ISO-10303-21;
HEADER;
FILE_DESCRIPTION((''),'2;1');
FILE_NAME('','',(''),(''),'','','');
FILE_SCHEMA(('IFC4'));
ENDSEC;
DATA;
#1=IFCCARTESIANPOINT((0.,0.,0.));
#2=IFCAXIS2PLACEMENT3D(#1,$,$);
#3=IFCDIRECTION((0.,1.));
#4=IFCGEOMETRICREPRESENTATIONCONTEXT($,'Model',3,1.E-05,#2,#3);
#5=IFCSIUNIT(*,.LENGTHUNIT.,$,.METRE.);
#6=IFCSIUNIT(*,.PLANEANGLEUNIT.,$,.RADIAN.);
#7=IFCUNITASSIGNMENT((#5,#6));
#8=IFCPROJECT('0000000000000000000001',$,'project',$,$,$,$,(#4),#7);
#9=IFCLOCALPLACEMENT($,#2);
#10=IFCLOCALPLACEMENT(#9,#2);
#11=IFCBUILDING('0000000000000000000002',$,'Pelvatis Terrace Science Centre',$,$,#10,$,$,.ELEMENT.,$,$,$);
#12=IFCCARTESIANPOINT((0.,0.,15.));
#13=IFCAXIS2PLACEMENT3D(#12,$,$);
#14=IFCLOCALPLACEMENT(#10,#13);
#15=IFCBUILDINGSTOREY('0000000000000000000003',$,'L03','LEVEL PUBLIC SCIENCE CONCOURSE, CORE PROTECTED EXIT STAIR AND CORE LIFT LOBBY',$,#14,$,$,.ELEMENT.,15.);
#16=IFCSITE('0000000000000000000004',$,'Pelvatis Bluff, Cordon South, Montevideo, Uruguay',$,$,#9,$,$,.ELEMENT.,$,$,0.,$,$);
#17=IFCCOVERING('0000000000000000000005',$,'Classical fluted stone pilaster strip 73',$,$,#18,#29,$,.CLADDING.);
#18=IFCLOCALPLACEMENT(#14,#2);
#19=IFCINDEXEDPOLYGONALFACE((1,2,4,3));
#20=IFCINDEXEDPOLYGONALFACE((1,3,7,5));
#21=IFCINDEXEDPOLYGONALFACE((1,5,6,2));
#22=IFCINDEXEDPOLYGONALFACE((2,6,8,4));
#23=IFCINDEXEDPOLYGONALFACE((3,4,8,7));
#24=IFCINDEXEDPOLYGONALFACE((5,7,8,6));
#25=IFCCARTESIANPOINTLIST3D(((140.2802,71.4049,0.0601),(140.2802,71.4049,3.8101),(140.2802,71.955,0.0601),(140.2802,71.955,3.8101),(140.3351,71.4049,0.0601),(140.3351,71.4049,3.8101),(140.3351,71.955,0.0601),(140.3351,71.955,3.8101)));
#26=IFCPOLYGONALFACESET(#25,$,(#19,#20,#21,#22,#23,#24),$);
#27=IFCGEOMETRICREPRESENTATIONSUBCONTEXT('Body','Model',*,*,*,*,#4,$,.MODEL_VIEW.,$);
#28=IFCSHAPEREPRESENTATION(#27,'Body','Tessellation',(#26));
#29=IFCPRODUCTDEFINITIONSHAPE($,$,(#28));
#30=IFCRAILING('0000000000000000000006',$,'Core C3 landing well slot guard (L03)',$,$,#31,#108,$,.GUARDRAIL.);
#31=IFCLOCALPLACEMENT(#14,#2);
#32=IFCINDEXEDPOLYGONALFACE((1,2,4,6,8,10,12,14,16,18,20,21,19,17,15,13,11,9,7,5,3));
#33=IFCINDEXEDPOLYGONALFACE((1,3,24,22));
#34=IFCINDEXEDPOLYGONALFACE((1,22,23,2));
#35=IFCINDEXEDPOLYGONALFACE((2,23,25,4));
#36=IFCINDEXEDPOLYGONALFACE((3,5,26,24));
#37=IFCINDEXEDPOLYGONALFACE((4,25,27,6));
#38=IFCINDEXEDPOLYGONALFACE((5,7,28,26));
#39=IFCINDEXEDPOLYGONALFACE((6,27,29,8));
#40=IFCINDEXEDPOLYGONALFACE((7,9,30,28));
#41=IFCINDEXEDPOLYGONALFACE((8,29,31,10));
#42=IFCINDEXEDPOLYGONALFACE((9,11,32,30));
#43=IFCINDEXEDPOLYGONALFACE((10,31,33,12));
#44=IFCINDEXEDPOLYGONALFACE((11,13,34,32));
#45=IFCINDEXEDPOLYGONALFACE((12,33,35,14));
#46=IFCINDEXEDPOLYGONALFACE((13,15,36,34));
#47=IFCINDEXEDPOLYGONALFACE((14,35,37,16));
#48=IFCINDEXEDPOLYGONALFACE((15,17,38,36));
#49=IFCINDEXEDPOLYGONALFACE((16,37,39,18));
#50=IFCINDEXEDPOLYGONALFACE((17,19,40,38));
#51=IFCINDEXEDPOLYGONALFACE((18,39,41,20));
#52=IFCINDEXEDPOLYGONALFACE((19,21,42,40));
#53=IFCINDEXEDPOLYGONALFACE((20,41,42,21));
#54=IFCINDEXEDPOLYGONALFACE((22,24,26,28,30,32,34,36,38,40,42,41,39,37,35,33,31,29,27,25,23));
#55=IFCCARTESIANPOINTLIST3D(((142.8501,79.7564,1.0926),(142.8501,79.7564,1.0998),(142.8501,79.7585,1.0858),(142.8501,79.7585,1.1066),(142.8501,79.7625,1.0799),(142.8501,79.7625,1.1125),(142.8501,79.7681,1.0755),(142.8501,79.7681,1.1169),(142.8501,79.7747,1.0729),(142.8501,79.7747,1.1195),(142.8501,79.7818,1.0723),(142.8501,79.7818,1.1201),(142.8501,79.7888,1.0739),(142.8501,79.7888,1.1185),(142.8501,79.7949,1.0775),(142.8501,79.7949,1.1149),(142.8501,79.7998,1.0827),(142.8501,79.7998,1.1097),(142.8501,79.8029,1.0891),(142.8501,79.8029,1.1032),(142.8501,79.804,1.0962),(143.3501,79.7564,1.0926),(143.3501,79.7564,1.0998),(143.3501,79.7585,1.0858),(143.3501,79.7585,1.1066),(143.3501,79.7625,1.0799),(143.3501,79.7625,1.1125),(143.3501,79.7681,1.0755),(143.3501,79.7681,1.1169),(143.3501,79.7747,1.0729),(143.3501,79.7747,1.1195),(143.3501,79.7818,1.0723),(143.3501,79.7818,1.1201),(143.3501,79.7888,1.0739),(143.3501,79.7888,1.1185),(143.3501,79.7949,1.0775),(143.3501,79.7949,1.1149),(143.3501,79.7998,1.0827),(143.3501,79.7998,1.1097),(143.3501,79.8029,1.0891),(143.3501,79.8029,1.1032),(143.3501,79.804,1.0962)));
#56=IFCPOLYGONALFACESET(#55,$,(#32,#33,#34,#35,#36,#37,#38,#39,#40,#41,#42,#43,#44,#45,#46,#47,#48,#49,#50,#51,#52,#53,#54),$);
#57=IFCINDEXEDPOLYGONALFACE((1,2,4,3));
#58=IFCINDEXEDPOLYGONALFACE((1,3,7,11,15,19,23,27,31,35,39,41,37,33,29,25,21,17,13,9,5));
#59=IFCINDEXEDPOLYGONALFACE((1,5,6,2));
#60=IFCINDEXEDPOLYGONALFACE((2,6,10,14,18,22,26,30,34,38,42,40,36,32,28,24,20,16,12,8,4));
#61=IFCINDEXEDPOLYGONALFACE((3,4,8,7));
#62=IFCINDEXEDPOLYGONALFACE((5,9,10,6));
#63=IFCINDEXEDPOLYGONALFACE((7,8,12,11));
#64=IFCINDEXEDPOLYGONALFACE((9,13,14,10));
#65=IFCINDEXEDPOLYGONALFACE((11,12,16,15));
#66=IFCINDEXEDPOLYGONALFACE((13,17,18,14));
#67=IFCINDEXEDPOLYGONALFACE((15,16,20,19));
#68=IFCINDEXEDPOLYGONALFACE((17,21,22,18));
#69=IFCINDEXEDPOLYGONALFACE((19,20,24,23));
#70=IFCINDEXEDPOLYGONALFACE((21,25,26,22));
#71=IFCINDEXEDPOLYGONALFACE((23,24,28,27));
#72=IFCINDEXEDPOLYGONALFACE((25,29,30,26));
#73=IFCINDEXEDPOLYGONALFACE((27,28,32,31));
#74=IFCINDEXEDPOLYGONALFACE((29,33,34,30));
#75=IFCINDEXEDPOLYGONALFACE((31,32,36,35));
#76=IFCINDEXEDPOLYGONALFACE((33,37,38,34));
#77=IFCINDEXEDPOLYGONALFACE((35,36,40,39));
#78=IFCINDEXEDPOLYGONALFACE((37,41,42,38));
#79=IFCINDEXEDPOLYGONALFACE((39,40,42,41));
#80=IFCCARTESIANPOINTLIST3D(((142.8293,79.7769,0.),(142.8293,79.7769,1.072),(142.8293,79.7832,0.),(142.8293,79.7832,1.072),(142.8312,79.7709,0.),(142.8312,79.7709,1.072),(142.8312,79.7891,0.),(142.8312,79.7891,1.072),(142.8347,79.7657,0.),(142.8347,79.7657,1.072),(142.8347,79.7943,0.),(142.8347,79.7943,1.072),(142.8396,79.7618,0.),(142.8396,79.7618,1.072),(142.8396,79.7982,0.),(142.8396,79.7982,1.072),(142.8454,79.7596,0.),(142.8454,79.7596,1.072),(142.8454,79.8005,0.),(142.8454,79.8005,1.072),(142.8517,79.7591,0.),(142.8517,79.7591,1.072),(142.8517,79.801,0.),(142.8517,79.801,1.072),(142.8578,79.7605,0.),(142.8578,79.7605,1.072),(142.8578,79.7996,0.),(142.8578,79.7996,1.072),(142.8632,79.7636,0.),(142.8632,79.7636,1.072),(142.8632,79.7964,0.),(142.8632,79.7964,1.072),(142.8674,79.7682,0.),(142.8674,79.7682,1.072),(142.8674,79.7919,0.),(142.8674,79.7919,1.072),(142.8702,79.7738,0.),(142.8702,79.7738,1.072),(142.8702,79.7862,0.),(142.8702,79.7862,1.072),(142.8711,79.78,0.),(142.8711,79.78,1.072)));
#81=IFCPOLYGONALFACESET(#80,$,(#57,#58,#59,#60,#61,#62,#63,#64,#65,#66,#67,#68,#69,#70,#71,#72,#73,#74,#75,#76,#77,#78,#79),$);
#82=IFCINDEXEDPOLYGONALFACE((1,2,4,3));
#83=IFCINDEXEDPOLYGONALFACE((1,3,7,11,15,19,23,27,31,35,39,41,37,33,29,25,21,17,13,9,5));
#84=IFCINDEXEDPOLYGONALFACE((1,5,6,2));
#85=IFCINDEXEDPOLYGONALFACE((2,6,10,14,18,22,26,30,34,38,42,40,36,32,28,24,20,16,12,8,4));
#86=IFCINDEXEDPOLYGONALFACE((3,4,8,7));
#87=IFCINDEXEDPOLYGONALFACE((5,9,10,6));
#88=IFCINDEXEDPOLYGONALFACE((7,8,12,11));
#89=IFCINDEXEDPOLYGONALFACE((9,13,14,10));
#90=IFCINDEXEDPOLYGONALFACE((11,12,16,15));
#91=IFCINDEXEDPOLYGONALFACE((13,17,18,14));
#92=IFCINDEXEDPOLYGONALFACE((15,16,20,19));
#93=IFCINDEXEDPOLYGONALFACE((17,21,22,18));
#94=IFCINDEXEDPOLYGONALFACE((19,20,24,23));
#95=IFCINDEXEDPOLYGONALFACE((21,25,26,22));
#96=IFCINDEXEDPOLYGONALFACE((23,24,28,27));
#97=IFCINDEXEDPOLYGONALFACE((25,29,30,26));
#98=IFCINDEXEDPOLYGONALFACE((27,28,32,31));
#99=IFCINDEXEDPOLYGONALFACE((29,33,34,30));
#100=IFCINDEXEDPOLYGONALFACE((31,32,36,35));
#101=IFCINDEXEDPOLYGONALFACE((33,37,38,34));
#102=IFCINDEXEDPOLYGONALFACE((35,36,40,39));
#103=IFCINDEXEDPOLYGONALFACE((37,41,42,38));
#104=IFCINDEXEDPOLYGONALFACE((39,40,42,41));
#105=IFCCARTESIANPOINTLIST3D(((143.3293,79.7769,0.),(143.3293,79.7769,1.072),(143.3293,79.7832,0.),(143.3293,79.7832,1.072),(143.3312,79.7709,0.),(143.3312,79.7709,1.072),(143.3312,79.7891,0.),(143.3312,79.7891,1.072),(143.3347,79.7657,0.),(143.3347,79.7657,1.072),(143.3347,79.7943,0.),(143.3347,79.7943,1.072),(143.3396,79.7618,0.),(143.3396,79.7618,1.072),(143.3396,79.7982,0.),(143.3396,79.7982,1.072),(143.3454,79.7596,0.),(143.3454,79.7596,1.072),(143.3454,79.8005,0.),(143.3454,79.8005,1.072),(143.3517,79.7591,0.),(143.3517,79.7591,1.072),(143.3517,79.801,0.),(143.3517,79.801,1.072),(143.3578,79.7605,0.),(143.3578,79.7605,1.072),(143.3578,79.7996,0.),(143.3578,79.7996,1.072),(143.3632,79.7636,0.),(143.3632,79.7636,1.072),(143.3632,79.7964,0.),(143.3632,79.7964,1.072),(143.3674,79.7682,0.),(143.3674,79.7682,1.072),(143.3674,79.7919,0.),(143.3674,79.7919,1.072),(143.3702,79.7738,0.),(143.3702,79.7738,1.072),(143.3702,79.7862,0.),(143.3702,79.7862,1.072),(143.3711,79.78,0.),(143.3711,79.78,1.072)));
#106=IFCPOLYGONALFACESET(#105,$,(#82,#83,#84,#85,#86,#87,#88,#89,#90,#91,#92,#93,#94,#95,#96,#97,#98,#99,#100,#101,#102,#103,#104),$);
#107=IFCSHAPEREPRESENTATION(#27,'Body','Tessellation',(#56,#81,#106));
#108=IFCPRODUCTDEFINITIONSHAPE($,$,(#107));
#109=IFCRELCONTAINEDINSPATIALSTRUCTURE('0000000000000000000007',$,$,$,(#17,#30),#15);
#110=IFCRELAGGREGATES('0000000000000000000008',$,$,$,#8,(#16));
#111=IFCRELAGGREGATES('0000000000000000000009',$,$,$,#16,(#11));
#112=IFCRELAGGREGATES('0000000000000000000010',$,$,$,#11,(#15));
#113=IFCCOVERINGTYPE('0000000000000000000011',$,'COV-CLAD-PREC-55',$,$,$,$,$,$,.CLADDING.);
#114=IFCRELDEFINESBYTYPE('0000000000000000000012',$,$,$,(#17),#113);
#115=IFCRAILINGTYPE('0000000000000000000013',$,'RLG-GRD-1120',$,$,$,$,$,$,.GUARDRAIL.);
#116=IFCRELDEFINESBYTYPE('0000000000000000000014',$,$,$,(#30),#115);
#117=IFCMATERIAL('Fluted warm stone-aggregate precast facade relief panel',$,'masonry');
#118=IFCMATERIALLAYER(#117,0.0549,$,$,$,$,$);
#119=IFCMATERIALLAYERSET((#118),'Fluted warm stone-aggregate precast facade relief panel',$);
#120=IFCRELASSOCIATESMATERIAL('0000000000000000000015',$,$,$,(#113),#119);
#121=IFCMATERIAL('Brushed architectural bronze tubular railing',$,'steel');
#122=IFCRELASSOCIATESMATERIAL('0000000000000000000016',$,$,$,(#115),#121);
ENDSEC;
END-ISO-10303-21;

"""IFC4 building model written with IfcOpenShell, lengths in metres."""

from ifc_helpers import new_model, si_unit, direction, frame, origin, origin_2d, place, context, subcontext, project, spatial, rectangle, circle, extrude, material, layer, layer_set, type_object, element, save


model = new_model("IFC4")

# Units and contexts
model_context = context("Model", 3, precision=1e-05, world=origin(), true_north=direction((0.0, 1.0)))
body_context = subcontext(model_context, "Body", "Model", "MODEL_VIEW")
ifc_project = project(units=[si_unit("LENGTHUNIT", "METRE"), si_unit("PLANEANGLEUNIT", "RADIAN")], contexts=[model_context])

# Site, building, storey
site_placement = place(None, origin())
site = spatial("IfcSite", under=ifc_project, at=site_placement, Name="Pelvatis Bluff, Cordon South, Montevideo, Uruguay", CompositionType="ELEMENT", RefElevation=0.0)
building_placement = place(site_placement, origin())
building = spatial("IfcBuilding", under=site, at=building_placement, Name="Pelvatis Terrace Science Centre", CompositionType="ELEMENT")
storey_placement = place(building_placement, frame((0.0, 0.0, 15.0)))
storey = spatial("IfcBuildingStorey", under=building, at=storey_placement, Name="L03", Description="LEVEL PUBLIC SCIENCE CONCOURSE, CORE PROTECTED EXIT STAIR AND CORE LIFT LOBBY", CompositionType="ELEMENT", Elevation=15.0)

# Covering
ifc_material_1 = material(Name="Fluted warm stone-aggregate precast facade relief panel", Category="masonry")
ifc_layer_1 = layer(ifc_material_1, 0.0549)
ifc_layer_set_1 = layer_set([ifc_layer_1], Name="Fluted warm stone-aggregate precast facade relief panel")
covering_type = type_object("IfcCoveringType", Name="COV-CLAD-PREC-55", PredefinedType="CLADDING", material=ifc_layer_set_1)
for number, where, z_axis, x_axis, name in (
    (1, (140.3076, 71.6799, 0.0601), (0.0, 0.0, 1.0), (1.0, 0.0, 0.0), "Classical fluted stone pilaster strip 73"),
):
    element("IfcCovering", number, at=place(storey_placement, frame(where, z_axis=z_axis, x_axis=x_axis)), inside=storey, type_object=covering_type, Name=name, PredefinedType="CLADDING", context=body_context, shape_type="SweptSolid", body=[
        extrude(rectangle(XDim=0.0549, YDim=0.55, at=origin_2d()), origin(), (0.0, 0.0, 1.0), 3.75),
    ])

# Railing
ifc_material_2 = material(Name="Brushed architectural bronze tubular railing", Category="steel")
railing_type_1 = type_object("IfcRailingType", Name="RLG-GRD-1120", PredefinedType="GUARDRAIL", material=ifc_material_2)
railing_1_placement = place(storey_placement, frame((142.8501, 79.78, 0.0)))
element("IfcRailing", 2, at=railing_1_placement, inside=storey, type_object=railing_type_1, Name="Core C3 landing well slot guard (L03)", PredefinedType="GUARDRAIL", context=body_context, shape_type="SweptSolid", body=[
    extrude(circle(Radius=0.0239, at=origin_2d()), frame((0.0, 0.0, 1.0962), z_axis=(1.0, 0.0, 0.0), x_axis=(0.0, 1.0, 0.0)), (0.0, 0.0, 1.0), 0.5),
    extrude(circle(Radius=0.021, at=origin_2d()), origin(), (0.0, 0.0, 1.0), 1.072),
    extrude(circle(Radius=0.021, at=origin_2d()), frame((0.5, 0.0, 0.0)), (0.0, 0.0, 1.0), 1.072),
])

save(model, "model.ifc")
